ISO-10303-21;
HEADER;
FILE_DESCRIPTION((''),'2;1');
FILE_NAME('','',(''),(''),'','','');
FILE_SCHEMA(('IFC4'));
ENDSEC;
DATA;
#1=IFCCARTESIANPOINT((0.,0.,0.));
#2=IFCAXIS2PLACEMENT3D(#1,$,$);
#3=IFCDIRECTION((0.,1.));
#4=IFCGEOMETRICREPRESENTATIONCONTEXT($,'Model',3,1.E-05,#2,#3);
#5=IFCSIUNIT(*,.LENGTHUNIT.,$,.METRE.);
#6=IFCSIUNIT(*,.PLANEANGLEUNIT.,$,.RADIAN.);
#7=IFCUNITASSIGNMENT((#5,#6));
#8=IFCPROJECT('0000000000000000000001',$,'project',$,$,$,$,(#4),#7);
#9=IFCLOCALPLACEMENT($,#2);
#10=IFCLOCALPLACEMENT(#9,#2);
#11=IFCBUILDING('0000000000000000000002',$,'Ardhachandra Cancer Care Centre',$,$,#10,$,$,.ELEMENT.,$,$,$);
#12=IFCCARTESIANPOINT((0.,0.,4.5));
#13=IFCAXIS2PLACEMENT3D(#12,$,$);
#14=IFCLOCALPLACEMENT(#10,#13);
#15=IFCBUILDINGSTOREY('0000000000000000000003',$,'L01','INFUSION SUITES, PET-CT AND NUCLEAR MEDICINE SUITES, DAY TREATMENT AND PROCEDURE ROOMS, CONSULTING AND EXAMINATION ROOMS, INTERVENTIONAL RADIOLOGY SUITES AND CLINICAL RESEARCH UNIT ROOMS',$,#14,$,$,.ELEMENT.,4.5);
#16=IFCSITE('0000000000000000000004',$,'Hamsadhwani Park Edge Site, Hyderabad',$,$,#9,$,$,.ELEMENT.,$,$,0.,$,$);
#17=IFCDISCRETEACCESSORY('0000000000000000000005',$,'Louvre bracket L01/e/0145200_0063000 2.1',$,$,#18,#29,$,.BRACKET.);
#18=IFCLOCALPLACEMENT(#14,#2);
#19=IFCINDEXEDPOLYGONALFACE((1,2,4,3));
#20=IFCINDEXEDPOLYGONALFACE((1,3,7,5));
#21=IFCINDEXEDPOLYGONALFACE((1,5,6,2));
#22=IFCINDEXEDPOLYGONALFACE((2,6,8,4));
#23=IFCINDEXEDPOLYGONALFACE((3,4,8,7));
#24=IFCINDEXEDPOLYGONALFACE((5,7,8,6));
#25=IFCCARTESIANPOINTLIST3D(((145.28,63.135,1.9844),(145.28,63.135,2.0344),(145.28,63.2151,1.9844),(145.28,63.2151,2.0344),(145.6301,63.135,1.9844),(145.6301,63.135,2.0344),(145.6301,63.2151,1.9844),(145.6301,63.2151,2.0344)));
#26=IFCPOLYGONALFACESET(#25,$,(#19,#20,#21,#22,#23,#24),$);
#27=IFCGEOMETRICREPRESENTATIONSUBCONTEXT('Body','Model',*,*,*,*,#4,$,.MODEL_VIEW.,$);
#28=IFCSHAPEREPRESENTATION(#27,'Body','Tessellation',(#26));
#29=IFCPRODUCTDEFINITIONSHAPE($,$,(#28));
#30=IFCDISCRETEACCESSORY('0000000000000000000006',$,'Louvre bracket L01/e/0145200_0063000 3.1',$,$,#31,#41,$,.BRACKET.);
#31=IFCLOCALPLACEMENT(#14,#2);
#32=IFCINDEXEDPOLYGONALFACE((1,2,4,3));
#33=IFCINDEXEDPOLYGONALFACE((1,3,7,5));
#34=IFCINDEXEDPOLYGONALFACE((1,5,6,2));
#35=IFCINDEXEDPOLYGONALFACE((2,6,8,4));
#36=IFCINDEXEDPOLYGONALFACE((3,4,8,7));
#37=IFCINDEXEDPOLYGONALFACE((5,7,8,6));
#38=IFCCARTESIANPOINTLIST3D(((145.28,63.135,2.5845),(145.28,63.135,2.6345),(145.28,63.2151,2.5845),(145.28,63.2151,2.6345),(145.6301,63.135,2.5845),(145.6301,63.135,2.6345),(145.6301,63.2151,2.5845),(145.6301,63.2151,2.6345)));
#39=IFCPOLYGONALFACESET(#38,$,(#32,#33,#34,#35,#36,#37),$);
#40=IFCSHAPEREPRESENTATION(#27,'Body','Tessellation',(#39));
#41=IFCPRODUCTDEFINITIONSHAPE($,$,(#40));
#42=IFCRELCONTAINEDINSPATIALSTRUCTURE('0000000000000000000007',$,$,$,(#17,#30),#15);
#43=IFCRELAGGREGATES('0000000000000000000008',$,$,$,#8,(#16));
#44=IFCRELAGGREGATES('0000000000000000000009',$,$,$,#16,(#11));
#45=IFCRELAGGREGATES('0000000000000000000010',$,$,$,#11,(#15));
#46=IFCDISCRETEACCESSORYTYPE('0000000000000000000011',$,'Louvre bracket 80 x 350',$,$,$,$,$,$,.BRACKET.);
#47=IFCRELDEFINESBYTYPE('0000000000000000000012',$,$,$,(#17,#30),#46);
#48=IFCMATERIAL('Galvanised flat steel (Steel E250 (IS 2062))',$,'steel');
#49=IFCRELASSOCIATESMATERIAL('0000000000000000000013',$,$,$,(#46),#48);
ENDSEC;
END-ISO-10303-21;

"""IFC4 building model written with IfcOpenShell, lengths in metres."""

from ifc_helpers import new_model, si_unit, direction, frame, origin, origin_2d, place, context, subcontext, project, spatial, rectangle, extrude, material, type_object, element, save


model = new_model("IFC4")

# Units and contexts
model_context = context("Model", 3, precision=1e-05, world=origin(), true_north=direction((0.0, 1.0)))
body_context = subcontext(model_context, "Body", "Model", "MODEL_VIEW")
ifc_project = project(units=[si_unit("LENGTHUNIT", "METRE"), si_unit("PLANEANGLEUNIT", "RADIAN")], contexts=[model_context])

# Site, building, storey
site_placement = place(None, origin())
site = spatial("IfcSite", under=ifc_project, at=site_placement, Name="Hamsadhwani Park Edge Site, Hyderabad", CompositionType="ELEMENT", RefElevation=0.0)
building_placement = place(site_placement, origin())
building = spatial("IfcBuilding", under=site, at=building_placement, Name="Ardhachandra Cancer Care Centre", CompositionType="ELEMENT")
storey_placement = place(building_placement, frame((0.0, 0.0, 4.5)))
storey = spatial("IfcBuildingStorey", under=building, at=storey_placement, Name="L01", Description="INFUSION SUITES, PET-CT AND NUCLEAR MEDICINE SUITES, DAY TREATMENT AND PROCEDURE ROOMS, CONSULTING AND EXAMINATION ROOMS, INTERVENTIONAL RADIOLOGY SUITES AND CLINICAL RESEARCH UNIT ROOMS", CompositionType="ELEMENT", Elevation=4.5)

# Discrete accessories
ifc_material_1 = material(Name="Galvanised flat steel (Steel E250 (IS 2062))", Category="steel")
discrete_accessory_type = type_object("IfcDiscreteAccessoryType", Name="Louvre bracket 80 x 350", PredefinedType="BRACKET", material=ifc_material_1)
for number, where, z_axis, x_axis, name in (
    (1, (145.4551, 63.175, 1.9844), (0.0, 0.0, 1.0), (0.0, 1.0, 0.0), "Louvre bracket L01/e/0145200_0063000 2.1"),
    (2, (145.4551, 63.175, 2.5845), (0.0, 0.0, 1.0), (0.0, 1.0, 0.0), "Louvre bracket L01/e/0145200_0063000 3.1"),
):
    element("IfcDiscreteAccessory", number, at=place(storey_placement, frame(where, z_axis=z_axis, x_axis=x_axis)), inside=storey, type_object=discrete_accessory_type, Name=name, PredefinedType="BRACKET", context=body_context, shape_type="SweptSolid", body=[
        extrude(rectangle(XDim=0.0801, YDim=0.3501, at=origin_2d()), origin(), (0.0, 0.0, 1.0), 0.05),
    ])

save(model, "model.ifc")
